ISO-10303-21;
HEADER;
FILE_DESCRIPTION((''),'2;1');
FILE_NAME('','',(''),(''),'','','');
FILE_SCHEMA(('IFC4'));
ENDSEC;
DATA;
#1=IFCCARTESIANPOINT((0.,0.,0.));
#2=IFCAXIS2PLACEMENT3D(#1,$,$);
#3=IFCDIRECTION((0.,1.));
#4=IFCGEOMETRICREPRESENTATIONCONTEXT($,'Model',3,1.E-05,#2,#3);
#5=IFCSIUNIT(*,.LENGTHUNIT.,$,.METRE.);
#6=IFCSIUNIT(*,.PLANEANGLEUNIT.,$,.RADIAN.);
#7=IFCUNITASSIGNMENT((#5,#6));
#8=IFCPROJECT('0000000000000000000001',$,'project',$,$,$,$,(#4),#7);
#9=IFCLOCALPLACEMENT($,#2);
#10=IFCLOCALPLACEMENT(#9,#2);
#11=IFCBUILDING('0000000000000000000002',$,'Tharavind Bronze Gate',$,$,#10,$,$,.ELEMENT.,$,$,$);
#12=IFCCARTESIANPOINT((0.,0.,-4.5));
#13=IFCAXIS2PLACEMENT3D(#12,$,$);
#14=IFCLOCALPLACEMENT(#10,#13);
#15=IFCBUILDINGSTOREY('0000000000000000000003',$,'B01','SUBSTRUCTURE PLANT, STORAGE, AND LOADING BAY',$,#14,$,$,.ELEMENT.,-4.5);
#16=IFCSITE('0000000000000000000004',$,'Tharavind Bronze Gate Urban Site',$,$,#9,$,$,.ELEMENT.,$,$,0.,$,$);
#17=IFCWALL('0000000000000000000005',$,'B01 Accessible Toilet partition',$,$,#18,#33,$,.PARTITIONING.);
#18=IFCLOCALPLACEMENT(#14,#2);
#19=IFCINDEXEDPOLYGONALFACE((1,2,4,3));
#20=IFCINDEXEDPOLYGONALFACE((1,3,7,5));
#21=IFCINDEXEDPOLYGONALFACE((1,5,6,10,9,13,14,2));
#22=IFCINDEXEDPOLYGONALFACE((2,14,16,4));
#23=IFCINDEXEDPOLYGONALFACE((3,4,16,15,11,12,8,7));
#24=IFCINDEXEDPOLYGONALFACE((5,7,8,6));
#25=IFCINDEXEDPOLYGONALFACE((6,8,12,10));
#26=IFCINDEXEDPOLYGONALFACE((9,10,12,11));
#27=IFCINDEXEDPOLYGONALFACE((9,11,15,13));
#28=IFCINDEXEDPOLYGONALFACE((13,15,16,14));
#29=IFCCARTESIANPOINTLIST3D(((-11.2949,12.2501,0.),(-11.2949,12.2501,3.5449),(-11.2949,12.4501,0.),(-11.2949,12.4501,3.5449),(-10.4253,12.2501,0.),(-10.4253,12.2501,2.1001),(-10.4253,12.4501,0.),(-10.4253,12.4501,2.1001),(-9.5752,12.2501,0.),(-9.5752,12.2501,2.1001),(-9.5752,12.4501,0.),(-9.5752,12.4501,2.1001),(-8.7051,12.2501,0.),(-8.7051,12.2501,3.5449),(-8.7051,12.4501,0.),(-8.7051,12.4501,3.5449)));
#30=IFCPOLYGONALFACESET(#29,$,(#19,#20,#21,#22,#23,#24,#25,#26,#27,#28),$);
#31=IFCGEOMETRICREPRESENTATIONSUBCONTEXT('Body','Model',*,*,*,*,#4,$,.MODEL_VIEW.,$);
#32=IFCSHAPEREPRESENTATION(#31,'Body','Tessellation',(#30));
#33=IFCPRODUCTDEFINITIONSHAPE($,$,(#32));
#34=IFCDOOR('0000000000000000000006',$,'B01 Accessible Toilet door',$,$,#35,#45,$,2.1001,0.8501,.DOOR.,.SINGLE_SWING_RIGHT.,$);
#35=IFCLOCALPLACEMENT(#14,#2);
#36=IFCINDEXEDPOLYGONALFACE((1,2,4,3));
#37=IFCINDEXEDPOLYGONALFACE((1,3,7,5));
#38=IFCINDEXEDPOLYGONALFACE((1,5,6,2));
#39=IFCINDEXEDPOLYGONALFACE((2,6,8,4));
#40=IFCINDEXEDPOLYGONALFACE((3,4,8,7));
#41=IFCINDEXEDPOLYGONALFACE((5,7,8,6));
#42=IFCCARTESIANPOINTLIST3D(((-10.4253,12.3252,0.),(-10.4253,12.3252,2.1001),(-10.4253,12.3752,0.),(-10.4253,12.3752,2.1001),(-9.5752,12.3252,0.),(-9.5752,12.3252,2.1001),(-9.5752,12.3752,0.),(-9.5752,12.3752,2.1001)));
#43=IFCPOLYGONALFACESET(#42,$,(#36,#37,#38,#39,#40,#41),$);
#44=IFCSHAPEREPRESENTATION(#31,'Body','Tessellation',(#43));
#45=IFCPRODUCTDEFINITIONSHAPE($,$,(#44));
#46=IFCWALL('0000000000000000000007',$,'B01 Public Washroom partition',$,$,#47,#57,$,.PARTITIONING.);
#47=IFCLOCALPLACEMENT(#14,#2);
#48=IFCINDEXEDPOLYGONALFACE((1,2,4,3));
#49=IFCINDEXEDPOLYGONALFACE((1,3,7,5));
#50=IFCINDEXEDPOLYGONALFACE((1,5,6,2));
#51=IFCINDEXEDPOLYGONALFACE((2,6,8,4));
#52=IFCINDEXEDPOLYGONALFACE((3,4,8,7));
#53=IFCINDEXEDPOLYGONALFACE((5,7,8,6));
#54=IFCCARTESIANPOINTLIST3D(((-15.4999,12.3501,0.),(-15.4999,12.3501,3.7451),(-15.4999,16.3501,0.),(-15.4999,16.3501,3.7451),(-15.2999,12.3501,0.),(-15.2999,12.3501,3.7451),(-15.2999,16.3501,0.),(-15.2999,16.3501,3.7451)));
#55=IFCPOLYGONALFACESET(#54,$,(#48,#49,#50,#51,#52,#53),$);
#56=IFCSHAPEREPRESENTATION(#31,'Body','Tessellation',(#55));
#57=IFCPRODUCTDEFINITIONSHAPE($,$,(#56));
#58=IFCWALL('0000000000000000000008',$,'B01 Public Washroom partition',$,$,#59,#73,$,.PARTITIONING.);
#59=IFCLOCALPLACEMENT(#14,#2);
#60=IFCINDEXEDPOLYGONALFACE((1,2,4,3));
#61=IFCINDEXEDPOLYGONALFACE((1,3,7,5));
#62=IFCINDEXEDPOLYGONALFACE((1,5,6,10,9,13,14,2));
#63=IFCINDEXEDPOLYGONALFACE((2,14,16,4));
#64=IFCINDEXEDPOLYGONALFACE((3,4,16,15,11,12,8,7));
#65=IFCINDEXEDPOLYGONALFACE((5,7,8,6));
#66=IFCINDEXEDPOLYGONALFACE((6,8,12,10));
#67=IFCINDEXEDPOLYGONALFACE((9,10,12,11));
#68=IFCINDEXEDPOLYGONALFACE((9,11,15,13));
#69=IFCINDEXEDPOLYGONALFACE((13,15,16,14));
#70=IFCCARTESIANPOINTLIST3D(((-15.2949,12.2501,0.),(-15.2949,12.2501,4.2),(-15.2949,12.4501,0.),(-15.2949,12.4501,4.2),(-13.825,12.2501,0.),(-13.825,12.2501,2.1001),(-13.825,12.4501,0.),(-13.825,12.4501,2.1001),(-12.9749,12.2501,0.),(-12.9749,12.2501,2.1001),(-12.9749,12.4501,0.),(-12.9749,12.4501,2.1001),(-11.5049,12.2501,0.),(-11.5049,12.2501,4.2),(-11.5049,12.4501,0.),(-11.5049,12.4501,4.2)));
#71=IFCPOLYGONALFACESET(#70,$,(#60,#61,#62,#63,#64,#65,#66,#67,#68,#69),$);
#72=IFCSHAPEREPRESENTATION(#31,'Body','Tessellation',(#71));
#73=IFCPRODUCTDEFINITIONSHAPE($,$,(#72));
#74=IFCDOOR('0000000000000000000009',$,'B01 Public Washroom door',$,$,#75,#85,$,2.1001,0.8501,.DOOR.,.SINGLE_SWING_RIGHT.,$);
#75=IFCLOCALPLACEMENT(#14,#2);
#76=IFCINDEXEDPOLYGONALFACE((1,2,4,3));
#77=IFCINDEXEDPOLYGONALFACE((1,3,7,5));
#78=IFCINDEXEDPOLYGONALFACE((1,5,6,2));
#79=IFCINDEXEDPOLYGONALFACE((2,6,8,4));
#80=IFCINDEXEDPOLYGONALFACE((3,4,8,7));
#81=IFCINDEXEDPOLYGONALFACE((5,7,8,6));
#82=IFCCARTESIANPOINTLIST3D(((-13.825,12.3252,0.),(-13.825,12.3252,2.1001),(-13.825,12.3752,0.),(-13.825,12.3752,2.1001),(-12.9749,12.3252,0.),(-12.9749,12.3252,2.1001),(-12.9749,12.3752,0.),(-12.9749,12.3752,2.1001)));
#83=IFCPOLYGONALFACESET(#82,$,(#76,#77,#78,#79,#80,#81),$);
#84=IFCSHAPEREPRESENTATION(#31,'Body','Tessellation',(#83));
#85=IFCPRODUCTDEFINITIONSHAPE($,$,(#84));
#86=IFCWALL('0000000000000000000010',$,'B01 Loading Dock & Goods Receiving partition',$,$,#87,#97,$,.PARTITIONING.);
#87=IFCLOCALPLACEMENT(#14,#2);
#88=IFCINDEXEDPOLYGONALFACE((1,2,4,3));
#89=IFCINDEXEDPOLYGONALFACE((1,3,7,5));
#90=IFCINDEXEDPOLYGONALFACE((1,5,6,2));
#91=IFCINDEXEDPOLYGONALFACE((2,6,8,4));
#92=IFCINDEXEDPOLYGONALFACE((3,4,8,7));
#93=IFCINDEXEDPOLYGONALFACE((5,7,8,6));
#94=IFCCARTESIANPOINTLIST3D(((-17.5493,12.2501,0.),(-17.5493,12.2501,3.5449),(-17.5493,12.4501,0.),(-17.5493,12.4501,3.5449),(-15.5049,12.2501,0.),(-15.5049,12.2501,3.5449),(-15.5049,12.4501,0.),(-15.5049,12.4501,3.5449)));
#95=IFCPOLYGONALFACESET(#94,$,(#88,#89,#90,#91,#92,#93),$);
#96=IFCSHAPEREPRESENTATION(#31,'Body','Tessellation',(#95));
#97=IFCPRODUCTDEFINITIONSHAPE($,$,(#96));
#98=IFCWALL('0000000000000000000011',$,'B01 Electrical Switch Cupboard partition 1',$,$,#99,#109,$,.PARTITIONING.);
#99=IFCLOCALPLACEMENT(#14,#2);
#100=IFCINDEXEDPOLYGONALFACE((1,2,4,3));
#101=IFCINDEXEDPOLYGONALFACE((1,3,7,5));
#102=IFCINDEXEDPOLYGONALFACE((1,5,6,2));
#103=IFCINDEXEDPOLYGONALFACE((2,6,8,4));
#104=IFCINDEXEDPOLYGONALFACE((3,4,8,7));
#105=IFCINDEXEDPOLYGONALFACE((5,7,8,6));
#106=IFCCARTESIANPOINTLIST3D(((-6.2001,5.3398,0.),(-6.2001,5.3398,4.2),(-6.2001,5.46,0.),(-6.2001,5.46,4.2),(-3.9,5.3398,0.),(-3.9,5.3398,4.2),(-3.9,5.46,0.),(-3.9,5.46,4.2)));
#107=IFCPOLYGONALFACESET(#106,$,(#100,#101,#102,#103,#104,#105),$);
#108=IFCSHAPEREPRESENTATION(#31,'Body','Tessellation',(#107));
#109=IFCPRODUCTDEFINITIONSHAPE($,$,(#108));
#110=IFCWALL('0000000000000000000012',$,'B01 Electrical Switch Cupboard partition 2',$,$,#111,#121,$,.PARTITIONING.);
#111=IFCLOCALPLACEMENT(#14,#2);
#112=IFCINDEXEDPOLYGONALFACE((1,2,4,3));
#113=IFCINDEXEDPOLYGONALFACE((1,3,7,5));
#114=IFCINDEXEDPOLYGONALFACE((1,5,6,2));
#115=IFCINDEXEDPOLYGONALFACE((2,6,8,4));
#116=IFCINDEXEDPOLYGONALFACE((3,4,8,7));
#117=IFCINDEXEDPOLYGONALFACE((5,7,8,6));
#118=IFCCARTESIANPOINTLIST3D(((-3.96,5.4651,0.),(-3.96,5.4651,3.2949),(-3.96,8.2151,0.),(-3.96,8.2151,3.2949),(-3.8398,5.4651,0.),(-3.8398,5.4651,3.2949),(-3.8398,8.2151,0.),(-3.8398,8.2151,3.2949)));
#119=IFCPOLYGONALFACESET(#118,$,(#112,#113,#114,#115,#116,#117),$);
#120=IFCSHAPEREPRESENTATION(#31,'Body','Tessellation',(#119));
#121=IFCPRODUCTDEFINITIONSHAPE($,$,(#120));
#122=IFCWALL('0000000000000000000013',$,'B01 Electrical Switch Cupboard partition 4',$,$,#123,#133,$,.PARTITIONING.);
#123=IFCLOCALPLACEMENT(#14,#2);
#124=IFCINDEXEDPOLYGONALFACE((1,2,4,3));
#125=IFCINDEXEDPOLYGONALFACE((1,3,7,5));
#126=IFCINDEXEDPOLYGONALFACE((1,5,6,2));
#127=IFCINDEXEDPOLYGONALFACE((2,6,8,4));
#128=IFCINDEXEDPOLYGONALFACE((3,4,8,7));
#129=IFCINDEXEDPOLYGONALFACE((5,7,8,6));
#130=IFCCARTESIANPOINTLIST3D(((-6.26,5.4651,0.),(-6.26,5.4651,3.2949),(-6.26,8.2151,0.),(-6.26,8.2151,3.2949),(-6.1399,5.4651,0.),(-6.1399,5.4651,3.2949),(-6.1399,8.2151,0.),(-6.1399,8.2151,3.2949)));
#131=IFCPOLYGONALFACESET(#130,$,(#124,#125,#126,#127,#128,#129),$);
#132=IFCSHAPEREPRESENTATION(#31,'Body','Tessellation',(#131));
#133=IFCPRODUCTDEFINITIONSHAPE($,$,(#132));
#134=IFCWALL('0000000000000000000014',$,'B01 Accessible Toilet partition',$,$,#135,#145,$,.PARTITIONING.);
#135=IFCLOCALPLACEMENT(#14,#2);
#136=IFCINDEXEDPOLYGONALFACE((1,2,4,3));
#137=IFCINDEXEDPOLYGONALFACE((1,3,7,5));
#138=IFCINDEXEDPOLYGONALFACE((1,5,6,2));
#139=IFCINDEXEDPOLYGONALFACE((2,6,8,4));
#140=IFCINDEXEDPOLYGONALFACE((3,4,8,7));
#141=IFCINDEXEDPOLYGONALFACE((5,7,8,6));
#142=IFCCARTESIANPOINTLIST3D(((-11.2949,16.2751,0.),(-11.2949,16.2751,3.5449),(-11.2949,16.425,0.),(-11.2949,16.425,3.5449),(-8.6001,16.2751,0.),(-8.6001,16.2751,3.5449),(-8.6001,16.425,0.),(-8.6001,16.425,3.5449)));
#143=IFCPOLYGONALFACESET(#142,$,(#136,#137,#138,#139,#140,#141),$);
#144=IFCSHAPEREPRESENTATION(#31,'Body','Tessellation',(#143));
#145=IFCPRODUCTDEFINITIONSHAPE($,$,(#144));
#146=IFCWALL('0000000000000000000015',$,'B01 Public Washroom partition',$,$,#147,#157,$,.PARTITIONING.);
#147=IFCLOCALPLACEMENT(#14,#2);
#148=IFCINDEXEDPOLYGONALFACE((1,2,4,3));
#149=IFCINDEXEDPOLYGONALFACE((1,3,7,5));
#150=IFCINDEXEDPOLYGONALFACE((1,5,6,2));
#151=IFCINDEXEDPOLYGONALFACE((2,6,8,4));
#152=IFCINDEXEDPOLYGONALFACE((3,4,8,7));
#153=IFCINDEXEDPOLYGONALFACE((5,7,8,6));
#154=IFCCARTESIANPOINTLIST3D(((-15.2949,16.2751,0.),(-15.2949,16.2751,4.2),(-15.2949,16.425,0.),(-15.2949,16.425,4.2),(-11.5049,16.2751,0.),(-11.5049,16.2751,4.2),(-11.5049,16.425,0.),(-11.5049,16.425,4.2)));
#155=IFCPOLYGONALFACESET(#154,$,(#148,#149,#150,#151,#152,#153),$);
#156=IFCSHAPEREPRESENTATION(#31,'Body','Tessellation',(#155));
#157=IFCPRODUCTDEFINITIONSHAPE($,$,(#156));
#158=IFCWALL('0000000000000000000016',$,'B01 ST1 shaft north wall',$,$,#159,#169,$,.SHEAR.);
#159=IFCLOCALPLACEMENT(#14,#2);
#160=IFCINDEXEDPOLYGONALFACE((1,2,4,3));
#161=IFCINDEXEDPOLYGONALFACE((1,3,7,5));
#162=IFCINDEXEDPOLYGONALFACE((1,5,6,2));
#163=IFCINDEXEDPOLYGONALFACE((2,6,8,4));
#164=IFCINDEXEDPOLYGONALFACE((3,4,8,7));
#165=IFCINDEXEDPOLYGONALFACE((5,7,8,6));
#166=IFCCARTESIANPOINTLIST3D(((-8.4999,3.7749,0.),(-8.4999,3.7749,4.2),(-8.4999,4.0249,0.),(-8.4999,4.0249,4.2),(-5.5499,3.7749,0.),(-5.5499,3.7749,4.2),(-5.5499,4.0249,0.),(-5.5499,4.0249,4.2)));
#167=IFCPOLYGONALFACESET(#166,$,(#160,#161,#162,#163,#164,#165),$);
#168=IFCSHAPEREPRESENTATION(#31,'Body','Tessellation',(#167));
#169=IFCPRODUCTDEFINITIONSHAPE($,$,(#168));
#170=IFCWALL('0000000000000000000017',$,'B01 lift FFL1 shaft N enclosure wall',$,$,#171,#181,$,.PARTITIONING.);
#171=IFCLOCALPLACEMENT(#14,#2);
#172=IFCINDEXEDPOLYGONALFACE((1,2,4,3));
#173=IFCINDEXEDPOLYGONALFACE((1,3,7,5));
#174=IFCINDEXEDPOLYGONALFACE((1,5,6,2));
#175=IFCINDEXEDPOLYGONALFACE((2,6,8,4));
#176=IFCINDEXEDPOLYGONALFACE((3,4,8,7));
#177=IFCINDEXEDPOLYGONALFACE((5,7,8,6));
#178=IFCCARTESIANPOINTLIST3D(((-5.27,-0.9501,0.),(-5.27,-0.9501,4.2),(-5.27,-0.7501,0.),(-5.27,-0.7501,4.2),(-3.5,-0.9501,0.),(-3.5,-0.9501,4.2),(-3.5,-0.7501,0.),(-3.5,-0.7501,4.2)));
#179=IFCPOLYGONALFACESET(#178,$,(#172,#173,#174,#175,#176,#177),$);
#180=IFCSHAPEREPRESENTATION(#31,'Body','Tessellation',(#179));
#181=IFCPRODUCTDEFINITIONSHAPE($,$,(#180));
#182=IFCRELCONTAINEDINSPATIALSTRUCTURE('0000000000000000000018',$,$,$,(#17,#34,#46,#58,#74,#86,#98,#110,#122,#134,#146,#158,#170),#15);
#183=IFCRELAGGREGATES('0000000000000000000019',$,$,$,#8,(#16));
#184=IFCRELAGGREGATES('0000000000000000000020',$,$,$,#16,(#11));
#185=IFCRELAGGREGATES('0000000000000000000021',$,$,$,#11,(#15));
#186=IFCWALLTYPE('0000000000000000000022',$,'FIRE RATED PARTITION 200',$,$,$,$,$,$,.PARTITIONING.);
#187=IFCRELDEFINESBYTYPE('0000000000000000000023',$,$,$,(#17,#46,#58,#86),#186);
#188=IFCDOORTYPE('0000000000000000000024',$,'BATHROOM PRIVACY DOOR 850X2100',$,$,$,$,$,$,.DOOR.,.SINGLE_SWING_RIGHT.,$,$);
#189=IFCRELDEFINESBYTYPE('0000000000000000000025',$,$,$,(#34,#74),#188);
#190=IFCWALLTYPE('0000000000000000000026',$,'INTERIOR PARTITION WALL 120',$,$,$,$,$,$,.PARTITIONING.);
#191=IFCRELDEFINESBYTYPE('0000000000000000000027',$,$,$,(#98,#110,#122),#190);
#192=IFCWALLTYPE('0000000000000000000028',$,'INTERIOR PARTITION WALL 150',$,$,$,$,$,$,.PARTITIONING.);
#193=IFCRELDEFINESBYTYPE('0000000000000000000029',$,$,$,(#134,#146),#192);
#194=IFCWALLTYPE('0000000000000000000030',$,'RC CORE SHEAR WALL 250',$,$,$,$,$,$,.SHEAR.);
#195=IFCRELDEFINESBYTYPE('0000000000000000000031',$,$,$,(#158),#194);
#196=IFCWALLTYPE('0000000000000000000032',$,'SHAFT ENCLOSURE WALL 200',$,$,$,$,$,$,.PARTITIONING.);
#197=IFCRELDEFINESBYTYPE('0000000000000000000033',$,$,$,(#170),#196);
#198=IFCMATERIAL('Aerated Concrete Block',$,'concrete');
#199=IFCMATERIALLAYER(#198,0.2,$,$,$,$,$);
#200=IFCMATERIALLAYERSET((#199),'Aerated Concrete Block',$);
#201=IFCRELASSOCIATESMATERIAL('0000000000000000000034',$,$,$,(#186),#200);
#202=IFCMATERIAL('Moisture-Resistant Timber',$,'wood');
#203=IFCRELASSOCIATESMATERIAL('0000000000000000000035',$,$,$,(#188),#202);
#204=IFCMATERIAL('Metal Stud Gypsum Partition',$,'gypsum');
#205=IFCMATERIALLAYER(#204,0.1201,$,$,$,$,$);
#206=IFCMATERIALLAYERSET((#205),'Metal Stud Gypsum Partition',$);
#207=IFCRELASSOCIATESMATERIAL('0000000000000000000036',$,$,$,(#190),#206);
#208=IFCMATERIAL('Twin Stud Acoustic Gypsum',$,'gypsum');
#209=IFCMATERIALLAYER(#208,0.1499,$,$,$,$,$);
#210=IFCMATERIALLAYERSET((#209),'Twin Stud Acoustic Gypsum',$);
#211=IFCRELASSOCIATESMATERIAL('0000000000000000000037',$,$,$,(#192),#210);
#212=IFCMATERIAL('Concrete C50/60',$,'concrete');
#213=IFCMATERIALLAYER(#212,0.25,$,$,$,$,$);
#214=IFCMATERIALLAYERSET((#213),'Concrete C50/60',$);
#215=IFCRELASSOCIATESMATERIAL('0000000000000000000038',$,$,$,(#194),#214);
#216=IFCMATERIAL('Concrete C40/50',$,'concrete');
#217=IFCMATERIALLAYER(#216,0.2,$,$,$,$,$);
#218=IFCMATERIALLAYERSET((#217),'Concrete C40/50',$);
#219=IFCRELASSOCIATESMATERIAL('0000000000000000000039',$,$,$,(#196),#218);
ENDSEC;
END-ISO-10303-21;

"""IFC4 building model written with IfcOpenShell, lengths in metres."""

from ifc_helpers import new_model, si_unit, direction, frame, frame_2d, origin, place, context, subcontext, project, spatial, rectangle, extrude, material, layer, layer_set, type_object, element, fill, save


model = new_model("IFC4")

# Units and contexts
model_context = context("Model", 3, precision=1e-05, world=origin(), true_north=direction((0.0, 1.0)))
body_context = subcontext(model_context, "Body", "Model", "MODEL_VIEW")
ifc_project = project(units=[si_unit("LENGTHUNIT", "METRE"), si_unit("PLANEANGLEUNIT", "RADIAN")], contexts=[model_context])

# Site, building, storey
site_placement = place(None, origin())
site = spatial("IfcSite", under=ifc_project, at=site_placement, Name="Tharavind Bronze Gate Urban Site", CompositionType="ELEMENT", RefElevation=0.0)
building_placement = place(site_placement, origin())
building = spatial("IfcBuilding", under=site, at=building_placement, Name="Tharavind Bronze Gate", CompositionType="ELEMENT")
storey_placement = place(building_placement, frame((0.0, 0.0, -4.5)))
storey = spatial("IfcBuildingStorey", under=building, at=storey_placement, Name="B01", Description="SUBSTRUCTURE PLANT, STORAGE, AND LOADING BAY", CompositionType="ELEMENT", Elevation=-4.5)

# Shared definitions
ifc_material_1 = material(Name="Concrete C50/60", Category="concrete")

# Shared definitions
ifc_material_2 = material(Name="Aerated Concrete Block", Category="concrete")
ifc_layer_1 = layer(ifc_material_2, 0.2)
ifc_layer_set_1 = layer_set([ifc_layer_1], Name="Aerated Concrete Block")
wall_type_1 = type_object("IfcWallType", Name="FIRE RATED PARTITION 200", PredefinedType="PARTITIONING", material=ifc_layer_set_1)

# Wall, opening, door
wall_1_placement = place(storey_placement, frame((-8.7051, 12.3501, 0.0), z_axis=(0.0, 0.0, 1.0), x_axis=(-1.0, 0.0, 0.0)))
wall_1 = element("IfcWall", 1, at=wall_1_placement, inside=storey, type_object=wall_type_1, Name="B01 Accessible Toilet partition", PredefinedType="PARTITIONING", context=body_context, shape_type="SweptSolid", body=[
    extrude(rectangle(XDim=2.5898, YDim=0.2, at=frame_2d((1.2949, 0.0))), origin(), (0.0, 0.0, 1.0), 3.5449),
])
opening_1_placement = place(wall_1_placement, frame((0.8701, 0.0, 0.0)))
opening_1 = element("IfcOpeningElement", 2, at=opening_1_placement, cuts=wall_1, PredefinedType="OPENING", context=body_context, shape_type="SweptSolid", body=[
    extrude(rectangle(XDim=0.8501, YDim=2.1001, at=frame_2d((0.425, 1.05))), frame((0.0, 0.1101, 0.0), z_axis=(0.0, -1.0, 0.0), x_axis=(1.0, 0.0, 0.0)), (0.0, 0.0, 1.0), 0.22),
])
ifc_material_3 = material(Name="Moisture-Resistant Timber", Category="wood")
door_type_1 = type_object("IfcDoorType", Name="BATHROOM PRIVACY DOOR 850X2100", OperationType="SINGLE_SWING_RIGHT", PredefinedType="DOOR", material=ifc_material_3)
door_1_placement = place(opening_1_placement, origin())
door_1 = element("IfcDoor", 3, at=door_1_placement, inside=storey, type_object=door_type_1, Name="B01 Accessible Toilet door", OperationType="SINGLE_SWING_RIGHT", OverallHeight=2.1001, OverallWidth=0.8501, PredefinedType="DOOR", context=body_context, shape_type="SweptSolid", body=[
    extrude(rectangle(XDim=0.8501, YDim=2.1001, at=frame_2d((0.425, 1.05))), frame((0.0, 0.0249, 0.0), z_axis=(0.0, -1.0, 0.0), x_axis=(1.0, 0.0, 0.0)), (0.0, 0.0, 1.0), 0.05),
])
fill(opening_1, door_1)

# Wall
wall_2_placement = place(storey_placement, frame((-15.3999, 12.3501, 0.0), z_axis=(0.0, 0.0, 1.0), x_axis=(0.0, 1.0, 0.0)))
element("IfcWall", 4, at=wall_2_placement, inside=storey, type_object=wall_type_1, Name="B01 Public Washroom partition", PredefinedType="PARTITIONING", context=body_context, shape_type="SweptSolid", body=[
    extrude(rectangle(XDim=4.0, YDim=0.2, at=frame_2d((2.0, 0.0))), origin(), (0.0, 0.0, 1.0), 3.7451),
])

# Wall, opening, door
wall_3_placement = place(storey_placement, frame((-11.5049, 12.3501, 0.0), z_axis=(0.0, 0.0, 1.0), x_axis=(-1.0, 0.0, 0.0)))
wall_3 = element("IfcWall", 5, at=wall_3_placement, inside=storey, type_object=wall_type_1, Name="B01 Public Washroom partition", PredefinedType="PARTITIONING", context=body_context, shape_type="SweptSolid", body=[
    extrude(rectangle(XDim=3.79, YDim=0.2, at=frame_2d((1.895, 0.0))), origin(), (0.0, 0.0, 1.0), 4.2),
])
opening_2_placement = place(wall_3_placement, frame((1.47, 0.0, 0.0)))
opening_2 = element("IfcOpeningElement", 6, at=opening_2_placement, cuts=wall_3, PredefinedType="OPENING", context=body_context, shape_type="SweptSolid", body=[
    extrude(rectangle(XDim=0.8501, YDim=2.1001, at=frame_2d((0.425, 1.05))), frame((0.0, 0.1101, 0.0), z_axis=(0.0, -1.0, 0.0), x_axis=(1.0, 0.0, 0.0)), (0.0, 0.0, 1.0), 0.22),
])
door_2_placement = place(opening_2_placement, origin())
door_2 = element("IfcDoor", 7, at=door_2_placement, inside=storey, type_object=door_type_1, Name="B01 Public Washroom door", OperationType="SINGLE_SWING_RIGHT", OverallHeight=2.1001, OverallWidth=0.8501, PredefinedType="DOOR", context=body_context, shape_type="SweptSolid", body=[
    extrude(rectangle(XDim=0.8501, YDim=2.1001, at=frame_2d((0.425, 1.05))), frame((0.0, 0.0249, 0.0), z_axis=(0.0, -1.0, 0.0), x_axis=(1.0, 0.0, 0.0)), (0.0, 0.0, 1.0), 0.05),
])
fill(opening_2, door_2)

# Walls
wall_4_placement = place(storey_placement, frame((-15.5049, 12.3501, 0.0), z_axis=(0.0, 0.0, 1.0), x_axis=(-1.0, 0.0, 0.0)))
element("IfcWall", 8, at=wall_4_placement, inside=storey, type_object=wall_type_1, Name="B01 Loading Dock & Goods Receiving partition", PredefinedType="PARTITIONING", context=body_context, shape_type="SweptSolid", body=[
    extrude(rectangle(XDim=2.0444, YDim=0.2, at=frame_2d((1.0222, 0.0))), origin(), (0.0, 0.0, 1.0), 3.5449),
])
ifc_material_4 = material(Name="Metal Stud Gypsum Partition", Category="gypsum")
ifc_layer_2 = layer(ifc_material_4, 0.1201)
ifc_layer_set_2 = layer_set([ifc_layer_2], Name="Metal Stud Gypsum Partition")
wall_type_2 = type_object("IfcWallType", Name="INTERIOR PARTITION WALL 120", PredefinedType="PARTITIONING", material=ifc_layer_set_2)
wall_5_placement = place(storey_placement, frame((-6.2, 5.3999, 0.0), z_axis=(0.0, 0.0, 1.0), x_axis=(1.0, 0.0, 0.0)))
element("IfcWall", 9, at=wall_5_placement, inside=storey, type_object=wall_type_2, Name="B01 Electrical Switch Cupboard partition 1", PredefinedType="PARTITIONING", context=body_context, shape_type="SweptSolid", body=[
    extrude(rectangle(XDim=2.3, YDim=0.1201, at=frame_2d((1.1499, 0.0))), origin(), (0.0, 0.0, 1.0), 4.2),
])
for number, where, z_axis, x_axis, name in (
    (10, (-3.8999, 5.4651, 0.0), (0.0, 0.0, 1.0), (0.0, 1.0, 0.0), "B01 Electrical Switch Cupboard partition 2"),
    (11, (-6.2, 8.2151, 0.0), (0.0, 0.0, 1.0), (0.0, -1.0, 0.0), "B01 Electrical Switch Cupboard partition 4"),
):
    element("IfcWall", number, at=place(storey_placement, frame(where, z_axis=z_axis, x_axis=x_axis)), inside=storey, type_object=wall_type_2, Name=name, PredefinedType="PARTITIONING", context=body_context, shape_type="SweptSolid", body=[
        extrude(rectangle(XDim=2.75, YDim=0.1201, at=frame_2d((1.375, 0.0))), origin(), (0.0, 0.0, 1.0), 3.2949),
    ])
ifc_material_5 = material(Name="Twin Stud Acoustic Gypsum", Category="gypsum")
ifc_layer_3 = layer(ifc_material_5, 0.1499)
ifc_layer_set_3 = layer_set([ifc_layer_3], Name="Twin Stud Acoustic Gypsum")
wall_type_3 = type_object("IfcWallType", Name="INTERIOR PARTITION WALL 150", PredefinedType="PARTITIONING", material=ifc_layer_set_3)
wall_6_placement = place(storey_placement, frame((-11.2949, 16.3501, 0.0), z_axis=(0.0, 0.0, 1.0), x_axis=(1.0, 0.0, 0.0)))
element("IfcWall", 12, at=wall_6_placement, inside=storey, type_object=wall_type_3, Name="B01 Accessible Toilet partition", PredefinedType="PARTITIONING", context=body_context, shape_type="SweptSolid", body=[
    extrude(rectangle(XDim=2.6948, YDim=0.1499, at=frame_2d((1.3474, 0.0))), origin(), (0.0, 0.0, 1.0), 3.5449),
])
wall_7_placement = place(storey_placement, frame((-15.2949, 16.3501, 0.0), z_axis=(0.0, 0.0, 1.0), x_axis=(1.0, 0.0, 0.0)))
element("IfcWall", 13, at=wall_7_placement, inside=storey, type_object=wall_type_3, Name="B01 Public Washroom partition", PredefinedType="PARTITIONING", context=body_context, shape_type="SweptSolid", body=[
    extrude(rectangle(XDim=3.79, YDim=0.1499, at=frame_2d((1.895, 0.0))), origin(), (0.0, 0.0, 1.0), 4.2),
])
ifc_layer_4 = layer(ifc_material_1, 0.25)
ifc_layer_set_4 = layer_set([ifc_layer_4], Name="Concrete C50/60")
wall_type_4 = type_object("IfcWallType", Name="RC CORE SHEAR WALL 250", PredefinedType="SHEAR", material=ifc_layer_set_4)
wall_8_placement = place(storey_placement, frame((-8.5, 3.8999, 0.0), z_axis=(0.0, 0.0, 1.0), x_axis=(1.0, 0.0, 0.0)))
element("IfcWall", 14, at=wall_8_placement, inside=storey, type_object=wall_type_4, Name="B01 ST1 shaft north wall", PredefinedType="SHEAR", context=body_context, shape_type="SweptSolid", body=[
    extrude(rectangle(XDim=2.95, YDim=0.25, at=frame_2d((1.4751, 0.0))), origin(), (0.0, 0.0, 1.0), 4.2),
])
ifc_material_6 = material(Name="Concrete C40/50", Category="concrete")
ifc_layer_5 = layer(ifc_material_6, 0.2)
ifc_layer_set_5 = layer_set([ifc_layer_5], Name="Concrete C40/50")
wall_type_5 = type_object("IfcWallType", Name="SHAFT ENCLOSURE WALL 200", PredefinedType="PARTITIONING", material=ifc_layer_set_5)
wall_9_placement = place(storey_placement, frame((-5.27, -0.8501, 0.0), z_axis=(0.0, 0.0, 1.0), x_axis=(1.0, 0.0, 0.0)))
element("IfcWall", 15, at=wall_9_placement, inside=storey, type_object=wall_type_5, Name="B01 lift FFL1 shaft N enclosure wall", PredefinedType="PARTITIONING", context=body_context, shape_type="SweptSolid", body=[
    extrude(rectangle(XDim=1.77, YDim=0.2, at=frame_2d((0.885, 0.0))), origin(), (0.0, 0.0, 1.0), 4.2),
])

save(model, "model.ifc")
